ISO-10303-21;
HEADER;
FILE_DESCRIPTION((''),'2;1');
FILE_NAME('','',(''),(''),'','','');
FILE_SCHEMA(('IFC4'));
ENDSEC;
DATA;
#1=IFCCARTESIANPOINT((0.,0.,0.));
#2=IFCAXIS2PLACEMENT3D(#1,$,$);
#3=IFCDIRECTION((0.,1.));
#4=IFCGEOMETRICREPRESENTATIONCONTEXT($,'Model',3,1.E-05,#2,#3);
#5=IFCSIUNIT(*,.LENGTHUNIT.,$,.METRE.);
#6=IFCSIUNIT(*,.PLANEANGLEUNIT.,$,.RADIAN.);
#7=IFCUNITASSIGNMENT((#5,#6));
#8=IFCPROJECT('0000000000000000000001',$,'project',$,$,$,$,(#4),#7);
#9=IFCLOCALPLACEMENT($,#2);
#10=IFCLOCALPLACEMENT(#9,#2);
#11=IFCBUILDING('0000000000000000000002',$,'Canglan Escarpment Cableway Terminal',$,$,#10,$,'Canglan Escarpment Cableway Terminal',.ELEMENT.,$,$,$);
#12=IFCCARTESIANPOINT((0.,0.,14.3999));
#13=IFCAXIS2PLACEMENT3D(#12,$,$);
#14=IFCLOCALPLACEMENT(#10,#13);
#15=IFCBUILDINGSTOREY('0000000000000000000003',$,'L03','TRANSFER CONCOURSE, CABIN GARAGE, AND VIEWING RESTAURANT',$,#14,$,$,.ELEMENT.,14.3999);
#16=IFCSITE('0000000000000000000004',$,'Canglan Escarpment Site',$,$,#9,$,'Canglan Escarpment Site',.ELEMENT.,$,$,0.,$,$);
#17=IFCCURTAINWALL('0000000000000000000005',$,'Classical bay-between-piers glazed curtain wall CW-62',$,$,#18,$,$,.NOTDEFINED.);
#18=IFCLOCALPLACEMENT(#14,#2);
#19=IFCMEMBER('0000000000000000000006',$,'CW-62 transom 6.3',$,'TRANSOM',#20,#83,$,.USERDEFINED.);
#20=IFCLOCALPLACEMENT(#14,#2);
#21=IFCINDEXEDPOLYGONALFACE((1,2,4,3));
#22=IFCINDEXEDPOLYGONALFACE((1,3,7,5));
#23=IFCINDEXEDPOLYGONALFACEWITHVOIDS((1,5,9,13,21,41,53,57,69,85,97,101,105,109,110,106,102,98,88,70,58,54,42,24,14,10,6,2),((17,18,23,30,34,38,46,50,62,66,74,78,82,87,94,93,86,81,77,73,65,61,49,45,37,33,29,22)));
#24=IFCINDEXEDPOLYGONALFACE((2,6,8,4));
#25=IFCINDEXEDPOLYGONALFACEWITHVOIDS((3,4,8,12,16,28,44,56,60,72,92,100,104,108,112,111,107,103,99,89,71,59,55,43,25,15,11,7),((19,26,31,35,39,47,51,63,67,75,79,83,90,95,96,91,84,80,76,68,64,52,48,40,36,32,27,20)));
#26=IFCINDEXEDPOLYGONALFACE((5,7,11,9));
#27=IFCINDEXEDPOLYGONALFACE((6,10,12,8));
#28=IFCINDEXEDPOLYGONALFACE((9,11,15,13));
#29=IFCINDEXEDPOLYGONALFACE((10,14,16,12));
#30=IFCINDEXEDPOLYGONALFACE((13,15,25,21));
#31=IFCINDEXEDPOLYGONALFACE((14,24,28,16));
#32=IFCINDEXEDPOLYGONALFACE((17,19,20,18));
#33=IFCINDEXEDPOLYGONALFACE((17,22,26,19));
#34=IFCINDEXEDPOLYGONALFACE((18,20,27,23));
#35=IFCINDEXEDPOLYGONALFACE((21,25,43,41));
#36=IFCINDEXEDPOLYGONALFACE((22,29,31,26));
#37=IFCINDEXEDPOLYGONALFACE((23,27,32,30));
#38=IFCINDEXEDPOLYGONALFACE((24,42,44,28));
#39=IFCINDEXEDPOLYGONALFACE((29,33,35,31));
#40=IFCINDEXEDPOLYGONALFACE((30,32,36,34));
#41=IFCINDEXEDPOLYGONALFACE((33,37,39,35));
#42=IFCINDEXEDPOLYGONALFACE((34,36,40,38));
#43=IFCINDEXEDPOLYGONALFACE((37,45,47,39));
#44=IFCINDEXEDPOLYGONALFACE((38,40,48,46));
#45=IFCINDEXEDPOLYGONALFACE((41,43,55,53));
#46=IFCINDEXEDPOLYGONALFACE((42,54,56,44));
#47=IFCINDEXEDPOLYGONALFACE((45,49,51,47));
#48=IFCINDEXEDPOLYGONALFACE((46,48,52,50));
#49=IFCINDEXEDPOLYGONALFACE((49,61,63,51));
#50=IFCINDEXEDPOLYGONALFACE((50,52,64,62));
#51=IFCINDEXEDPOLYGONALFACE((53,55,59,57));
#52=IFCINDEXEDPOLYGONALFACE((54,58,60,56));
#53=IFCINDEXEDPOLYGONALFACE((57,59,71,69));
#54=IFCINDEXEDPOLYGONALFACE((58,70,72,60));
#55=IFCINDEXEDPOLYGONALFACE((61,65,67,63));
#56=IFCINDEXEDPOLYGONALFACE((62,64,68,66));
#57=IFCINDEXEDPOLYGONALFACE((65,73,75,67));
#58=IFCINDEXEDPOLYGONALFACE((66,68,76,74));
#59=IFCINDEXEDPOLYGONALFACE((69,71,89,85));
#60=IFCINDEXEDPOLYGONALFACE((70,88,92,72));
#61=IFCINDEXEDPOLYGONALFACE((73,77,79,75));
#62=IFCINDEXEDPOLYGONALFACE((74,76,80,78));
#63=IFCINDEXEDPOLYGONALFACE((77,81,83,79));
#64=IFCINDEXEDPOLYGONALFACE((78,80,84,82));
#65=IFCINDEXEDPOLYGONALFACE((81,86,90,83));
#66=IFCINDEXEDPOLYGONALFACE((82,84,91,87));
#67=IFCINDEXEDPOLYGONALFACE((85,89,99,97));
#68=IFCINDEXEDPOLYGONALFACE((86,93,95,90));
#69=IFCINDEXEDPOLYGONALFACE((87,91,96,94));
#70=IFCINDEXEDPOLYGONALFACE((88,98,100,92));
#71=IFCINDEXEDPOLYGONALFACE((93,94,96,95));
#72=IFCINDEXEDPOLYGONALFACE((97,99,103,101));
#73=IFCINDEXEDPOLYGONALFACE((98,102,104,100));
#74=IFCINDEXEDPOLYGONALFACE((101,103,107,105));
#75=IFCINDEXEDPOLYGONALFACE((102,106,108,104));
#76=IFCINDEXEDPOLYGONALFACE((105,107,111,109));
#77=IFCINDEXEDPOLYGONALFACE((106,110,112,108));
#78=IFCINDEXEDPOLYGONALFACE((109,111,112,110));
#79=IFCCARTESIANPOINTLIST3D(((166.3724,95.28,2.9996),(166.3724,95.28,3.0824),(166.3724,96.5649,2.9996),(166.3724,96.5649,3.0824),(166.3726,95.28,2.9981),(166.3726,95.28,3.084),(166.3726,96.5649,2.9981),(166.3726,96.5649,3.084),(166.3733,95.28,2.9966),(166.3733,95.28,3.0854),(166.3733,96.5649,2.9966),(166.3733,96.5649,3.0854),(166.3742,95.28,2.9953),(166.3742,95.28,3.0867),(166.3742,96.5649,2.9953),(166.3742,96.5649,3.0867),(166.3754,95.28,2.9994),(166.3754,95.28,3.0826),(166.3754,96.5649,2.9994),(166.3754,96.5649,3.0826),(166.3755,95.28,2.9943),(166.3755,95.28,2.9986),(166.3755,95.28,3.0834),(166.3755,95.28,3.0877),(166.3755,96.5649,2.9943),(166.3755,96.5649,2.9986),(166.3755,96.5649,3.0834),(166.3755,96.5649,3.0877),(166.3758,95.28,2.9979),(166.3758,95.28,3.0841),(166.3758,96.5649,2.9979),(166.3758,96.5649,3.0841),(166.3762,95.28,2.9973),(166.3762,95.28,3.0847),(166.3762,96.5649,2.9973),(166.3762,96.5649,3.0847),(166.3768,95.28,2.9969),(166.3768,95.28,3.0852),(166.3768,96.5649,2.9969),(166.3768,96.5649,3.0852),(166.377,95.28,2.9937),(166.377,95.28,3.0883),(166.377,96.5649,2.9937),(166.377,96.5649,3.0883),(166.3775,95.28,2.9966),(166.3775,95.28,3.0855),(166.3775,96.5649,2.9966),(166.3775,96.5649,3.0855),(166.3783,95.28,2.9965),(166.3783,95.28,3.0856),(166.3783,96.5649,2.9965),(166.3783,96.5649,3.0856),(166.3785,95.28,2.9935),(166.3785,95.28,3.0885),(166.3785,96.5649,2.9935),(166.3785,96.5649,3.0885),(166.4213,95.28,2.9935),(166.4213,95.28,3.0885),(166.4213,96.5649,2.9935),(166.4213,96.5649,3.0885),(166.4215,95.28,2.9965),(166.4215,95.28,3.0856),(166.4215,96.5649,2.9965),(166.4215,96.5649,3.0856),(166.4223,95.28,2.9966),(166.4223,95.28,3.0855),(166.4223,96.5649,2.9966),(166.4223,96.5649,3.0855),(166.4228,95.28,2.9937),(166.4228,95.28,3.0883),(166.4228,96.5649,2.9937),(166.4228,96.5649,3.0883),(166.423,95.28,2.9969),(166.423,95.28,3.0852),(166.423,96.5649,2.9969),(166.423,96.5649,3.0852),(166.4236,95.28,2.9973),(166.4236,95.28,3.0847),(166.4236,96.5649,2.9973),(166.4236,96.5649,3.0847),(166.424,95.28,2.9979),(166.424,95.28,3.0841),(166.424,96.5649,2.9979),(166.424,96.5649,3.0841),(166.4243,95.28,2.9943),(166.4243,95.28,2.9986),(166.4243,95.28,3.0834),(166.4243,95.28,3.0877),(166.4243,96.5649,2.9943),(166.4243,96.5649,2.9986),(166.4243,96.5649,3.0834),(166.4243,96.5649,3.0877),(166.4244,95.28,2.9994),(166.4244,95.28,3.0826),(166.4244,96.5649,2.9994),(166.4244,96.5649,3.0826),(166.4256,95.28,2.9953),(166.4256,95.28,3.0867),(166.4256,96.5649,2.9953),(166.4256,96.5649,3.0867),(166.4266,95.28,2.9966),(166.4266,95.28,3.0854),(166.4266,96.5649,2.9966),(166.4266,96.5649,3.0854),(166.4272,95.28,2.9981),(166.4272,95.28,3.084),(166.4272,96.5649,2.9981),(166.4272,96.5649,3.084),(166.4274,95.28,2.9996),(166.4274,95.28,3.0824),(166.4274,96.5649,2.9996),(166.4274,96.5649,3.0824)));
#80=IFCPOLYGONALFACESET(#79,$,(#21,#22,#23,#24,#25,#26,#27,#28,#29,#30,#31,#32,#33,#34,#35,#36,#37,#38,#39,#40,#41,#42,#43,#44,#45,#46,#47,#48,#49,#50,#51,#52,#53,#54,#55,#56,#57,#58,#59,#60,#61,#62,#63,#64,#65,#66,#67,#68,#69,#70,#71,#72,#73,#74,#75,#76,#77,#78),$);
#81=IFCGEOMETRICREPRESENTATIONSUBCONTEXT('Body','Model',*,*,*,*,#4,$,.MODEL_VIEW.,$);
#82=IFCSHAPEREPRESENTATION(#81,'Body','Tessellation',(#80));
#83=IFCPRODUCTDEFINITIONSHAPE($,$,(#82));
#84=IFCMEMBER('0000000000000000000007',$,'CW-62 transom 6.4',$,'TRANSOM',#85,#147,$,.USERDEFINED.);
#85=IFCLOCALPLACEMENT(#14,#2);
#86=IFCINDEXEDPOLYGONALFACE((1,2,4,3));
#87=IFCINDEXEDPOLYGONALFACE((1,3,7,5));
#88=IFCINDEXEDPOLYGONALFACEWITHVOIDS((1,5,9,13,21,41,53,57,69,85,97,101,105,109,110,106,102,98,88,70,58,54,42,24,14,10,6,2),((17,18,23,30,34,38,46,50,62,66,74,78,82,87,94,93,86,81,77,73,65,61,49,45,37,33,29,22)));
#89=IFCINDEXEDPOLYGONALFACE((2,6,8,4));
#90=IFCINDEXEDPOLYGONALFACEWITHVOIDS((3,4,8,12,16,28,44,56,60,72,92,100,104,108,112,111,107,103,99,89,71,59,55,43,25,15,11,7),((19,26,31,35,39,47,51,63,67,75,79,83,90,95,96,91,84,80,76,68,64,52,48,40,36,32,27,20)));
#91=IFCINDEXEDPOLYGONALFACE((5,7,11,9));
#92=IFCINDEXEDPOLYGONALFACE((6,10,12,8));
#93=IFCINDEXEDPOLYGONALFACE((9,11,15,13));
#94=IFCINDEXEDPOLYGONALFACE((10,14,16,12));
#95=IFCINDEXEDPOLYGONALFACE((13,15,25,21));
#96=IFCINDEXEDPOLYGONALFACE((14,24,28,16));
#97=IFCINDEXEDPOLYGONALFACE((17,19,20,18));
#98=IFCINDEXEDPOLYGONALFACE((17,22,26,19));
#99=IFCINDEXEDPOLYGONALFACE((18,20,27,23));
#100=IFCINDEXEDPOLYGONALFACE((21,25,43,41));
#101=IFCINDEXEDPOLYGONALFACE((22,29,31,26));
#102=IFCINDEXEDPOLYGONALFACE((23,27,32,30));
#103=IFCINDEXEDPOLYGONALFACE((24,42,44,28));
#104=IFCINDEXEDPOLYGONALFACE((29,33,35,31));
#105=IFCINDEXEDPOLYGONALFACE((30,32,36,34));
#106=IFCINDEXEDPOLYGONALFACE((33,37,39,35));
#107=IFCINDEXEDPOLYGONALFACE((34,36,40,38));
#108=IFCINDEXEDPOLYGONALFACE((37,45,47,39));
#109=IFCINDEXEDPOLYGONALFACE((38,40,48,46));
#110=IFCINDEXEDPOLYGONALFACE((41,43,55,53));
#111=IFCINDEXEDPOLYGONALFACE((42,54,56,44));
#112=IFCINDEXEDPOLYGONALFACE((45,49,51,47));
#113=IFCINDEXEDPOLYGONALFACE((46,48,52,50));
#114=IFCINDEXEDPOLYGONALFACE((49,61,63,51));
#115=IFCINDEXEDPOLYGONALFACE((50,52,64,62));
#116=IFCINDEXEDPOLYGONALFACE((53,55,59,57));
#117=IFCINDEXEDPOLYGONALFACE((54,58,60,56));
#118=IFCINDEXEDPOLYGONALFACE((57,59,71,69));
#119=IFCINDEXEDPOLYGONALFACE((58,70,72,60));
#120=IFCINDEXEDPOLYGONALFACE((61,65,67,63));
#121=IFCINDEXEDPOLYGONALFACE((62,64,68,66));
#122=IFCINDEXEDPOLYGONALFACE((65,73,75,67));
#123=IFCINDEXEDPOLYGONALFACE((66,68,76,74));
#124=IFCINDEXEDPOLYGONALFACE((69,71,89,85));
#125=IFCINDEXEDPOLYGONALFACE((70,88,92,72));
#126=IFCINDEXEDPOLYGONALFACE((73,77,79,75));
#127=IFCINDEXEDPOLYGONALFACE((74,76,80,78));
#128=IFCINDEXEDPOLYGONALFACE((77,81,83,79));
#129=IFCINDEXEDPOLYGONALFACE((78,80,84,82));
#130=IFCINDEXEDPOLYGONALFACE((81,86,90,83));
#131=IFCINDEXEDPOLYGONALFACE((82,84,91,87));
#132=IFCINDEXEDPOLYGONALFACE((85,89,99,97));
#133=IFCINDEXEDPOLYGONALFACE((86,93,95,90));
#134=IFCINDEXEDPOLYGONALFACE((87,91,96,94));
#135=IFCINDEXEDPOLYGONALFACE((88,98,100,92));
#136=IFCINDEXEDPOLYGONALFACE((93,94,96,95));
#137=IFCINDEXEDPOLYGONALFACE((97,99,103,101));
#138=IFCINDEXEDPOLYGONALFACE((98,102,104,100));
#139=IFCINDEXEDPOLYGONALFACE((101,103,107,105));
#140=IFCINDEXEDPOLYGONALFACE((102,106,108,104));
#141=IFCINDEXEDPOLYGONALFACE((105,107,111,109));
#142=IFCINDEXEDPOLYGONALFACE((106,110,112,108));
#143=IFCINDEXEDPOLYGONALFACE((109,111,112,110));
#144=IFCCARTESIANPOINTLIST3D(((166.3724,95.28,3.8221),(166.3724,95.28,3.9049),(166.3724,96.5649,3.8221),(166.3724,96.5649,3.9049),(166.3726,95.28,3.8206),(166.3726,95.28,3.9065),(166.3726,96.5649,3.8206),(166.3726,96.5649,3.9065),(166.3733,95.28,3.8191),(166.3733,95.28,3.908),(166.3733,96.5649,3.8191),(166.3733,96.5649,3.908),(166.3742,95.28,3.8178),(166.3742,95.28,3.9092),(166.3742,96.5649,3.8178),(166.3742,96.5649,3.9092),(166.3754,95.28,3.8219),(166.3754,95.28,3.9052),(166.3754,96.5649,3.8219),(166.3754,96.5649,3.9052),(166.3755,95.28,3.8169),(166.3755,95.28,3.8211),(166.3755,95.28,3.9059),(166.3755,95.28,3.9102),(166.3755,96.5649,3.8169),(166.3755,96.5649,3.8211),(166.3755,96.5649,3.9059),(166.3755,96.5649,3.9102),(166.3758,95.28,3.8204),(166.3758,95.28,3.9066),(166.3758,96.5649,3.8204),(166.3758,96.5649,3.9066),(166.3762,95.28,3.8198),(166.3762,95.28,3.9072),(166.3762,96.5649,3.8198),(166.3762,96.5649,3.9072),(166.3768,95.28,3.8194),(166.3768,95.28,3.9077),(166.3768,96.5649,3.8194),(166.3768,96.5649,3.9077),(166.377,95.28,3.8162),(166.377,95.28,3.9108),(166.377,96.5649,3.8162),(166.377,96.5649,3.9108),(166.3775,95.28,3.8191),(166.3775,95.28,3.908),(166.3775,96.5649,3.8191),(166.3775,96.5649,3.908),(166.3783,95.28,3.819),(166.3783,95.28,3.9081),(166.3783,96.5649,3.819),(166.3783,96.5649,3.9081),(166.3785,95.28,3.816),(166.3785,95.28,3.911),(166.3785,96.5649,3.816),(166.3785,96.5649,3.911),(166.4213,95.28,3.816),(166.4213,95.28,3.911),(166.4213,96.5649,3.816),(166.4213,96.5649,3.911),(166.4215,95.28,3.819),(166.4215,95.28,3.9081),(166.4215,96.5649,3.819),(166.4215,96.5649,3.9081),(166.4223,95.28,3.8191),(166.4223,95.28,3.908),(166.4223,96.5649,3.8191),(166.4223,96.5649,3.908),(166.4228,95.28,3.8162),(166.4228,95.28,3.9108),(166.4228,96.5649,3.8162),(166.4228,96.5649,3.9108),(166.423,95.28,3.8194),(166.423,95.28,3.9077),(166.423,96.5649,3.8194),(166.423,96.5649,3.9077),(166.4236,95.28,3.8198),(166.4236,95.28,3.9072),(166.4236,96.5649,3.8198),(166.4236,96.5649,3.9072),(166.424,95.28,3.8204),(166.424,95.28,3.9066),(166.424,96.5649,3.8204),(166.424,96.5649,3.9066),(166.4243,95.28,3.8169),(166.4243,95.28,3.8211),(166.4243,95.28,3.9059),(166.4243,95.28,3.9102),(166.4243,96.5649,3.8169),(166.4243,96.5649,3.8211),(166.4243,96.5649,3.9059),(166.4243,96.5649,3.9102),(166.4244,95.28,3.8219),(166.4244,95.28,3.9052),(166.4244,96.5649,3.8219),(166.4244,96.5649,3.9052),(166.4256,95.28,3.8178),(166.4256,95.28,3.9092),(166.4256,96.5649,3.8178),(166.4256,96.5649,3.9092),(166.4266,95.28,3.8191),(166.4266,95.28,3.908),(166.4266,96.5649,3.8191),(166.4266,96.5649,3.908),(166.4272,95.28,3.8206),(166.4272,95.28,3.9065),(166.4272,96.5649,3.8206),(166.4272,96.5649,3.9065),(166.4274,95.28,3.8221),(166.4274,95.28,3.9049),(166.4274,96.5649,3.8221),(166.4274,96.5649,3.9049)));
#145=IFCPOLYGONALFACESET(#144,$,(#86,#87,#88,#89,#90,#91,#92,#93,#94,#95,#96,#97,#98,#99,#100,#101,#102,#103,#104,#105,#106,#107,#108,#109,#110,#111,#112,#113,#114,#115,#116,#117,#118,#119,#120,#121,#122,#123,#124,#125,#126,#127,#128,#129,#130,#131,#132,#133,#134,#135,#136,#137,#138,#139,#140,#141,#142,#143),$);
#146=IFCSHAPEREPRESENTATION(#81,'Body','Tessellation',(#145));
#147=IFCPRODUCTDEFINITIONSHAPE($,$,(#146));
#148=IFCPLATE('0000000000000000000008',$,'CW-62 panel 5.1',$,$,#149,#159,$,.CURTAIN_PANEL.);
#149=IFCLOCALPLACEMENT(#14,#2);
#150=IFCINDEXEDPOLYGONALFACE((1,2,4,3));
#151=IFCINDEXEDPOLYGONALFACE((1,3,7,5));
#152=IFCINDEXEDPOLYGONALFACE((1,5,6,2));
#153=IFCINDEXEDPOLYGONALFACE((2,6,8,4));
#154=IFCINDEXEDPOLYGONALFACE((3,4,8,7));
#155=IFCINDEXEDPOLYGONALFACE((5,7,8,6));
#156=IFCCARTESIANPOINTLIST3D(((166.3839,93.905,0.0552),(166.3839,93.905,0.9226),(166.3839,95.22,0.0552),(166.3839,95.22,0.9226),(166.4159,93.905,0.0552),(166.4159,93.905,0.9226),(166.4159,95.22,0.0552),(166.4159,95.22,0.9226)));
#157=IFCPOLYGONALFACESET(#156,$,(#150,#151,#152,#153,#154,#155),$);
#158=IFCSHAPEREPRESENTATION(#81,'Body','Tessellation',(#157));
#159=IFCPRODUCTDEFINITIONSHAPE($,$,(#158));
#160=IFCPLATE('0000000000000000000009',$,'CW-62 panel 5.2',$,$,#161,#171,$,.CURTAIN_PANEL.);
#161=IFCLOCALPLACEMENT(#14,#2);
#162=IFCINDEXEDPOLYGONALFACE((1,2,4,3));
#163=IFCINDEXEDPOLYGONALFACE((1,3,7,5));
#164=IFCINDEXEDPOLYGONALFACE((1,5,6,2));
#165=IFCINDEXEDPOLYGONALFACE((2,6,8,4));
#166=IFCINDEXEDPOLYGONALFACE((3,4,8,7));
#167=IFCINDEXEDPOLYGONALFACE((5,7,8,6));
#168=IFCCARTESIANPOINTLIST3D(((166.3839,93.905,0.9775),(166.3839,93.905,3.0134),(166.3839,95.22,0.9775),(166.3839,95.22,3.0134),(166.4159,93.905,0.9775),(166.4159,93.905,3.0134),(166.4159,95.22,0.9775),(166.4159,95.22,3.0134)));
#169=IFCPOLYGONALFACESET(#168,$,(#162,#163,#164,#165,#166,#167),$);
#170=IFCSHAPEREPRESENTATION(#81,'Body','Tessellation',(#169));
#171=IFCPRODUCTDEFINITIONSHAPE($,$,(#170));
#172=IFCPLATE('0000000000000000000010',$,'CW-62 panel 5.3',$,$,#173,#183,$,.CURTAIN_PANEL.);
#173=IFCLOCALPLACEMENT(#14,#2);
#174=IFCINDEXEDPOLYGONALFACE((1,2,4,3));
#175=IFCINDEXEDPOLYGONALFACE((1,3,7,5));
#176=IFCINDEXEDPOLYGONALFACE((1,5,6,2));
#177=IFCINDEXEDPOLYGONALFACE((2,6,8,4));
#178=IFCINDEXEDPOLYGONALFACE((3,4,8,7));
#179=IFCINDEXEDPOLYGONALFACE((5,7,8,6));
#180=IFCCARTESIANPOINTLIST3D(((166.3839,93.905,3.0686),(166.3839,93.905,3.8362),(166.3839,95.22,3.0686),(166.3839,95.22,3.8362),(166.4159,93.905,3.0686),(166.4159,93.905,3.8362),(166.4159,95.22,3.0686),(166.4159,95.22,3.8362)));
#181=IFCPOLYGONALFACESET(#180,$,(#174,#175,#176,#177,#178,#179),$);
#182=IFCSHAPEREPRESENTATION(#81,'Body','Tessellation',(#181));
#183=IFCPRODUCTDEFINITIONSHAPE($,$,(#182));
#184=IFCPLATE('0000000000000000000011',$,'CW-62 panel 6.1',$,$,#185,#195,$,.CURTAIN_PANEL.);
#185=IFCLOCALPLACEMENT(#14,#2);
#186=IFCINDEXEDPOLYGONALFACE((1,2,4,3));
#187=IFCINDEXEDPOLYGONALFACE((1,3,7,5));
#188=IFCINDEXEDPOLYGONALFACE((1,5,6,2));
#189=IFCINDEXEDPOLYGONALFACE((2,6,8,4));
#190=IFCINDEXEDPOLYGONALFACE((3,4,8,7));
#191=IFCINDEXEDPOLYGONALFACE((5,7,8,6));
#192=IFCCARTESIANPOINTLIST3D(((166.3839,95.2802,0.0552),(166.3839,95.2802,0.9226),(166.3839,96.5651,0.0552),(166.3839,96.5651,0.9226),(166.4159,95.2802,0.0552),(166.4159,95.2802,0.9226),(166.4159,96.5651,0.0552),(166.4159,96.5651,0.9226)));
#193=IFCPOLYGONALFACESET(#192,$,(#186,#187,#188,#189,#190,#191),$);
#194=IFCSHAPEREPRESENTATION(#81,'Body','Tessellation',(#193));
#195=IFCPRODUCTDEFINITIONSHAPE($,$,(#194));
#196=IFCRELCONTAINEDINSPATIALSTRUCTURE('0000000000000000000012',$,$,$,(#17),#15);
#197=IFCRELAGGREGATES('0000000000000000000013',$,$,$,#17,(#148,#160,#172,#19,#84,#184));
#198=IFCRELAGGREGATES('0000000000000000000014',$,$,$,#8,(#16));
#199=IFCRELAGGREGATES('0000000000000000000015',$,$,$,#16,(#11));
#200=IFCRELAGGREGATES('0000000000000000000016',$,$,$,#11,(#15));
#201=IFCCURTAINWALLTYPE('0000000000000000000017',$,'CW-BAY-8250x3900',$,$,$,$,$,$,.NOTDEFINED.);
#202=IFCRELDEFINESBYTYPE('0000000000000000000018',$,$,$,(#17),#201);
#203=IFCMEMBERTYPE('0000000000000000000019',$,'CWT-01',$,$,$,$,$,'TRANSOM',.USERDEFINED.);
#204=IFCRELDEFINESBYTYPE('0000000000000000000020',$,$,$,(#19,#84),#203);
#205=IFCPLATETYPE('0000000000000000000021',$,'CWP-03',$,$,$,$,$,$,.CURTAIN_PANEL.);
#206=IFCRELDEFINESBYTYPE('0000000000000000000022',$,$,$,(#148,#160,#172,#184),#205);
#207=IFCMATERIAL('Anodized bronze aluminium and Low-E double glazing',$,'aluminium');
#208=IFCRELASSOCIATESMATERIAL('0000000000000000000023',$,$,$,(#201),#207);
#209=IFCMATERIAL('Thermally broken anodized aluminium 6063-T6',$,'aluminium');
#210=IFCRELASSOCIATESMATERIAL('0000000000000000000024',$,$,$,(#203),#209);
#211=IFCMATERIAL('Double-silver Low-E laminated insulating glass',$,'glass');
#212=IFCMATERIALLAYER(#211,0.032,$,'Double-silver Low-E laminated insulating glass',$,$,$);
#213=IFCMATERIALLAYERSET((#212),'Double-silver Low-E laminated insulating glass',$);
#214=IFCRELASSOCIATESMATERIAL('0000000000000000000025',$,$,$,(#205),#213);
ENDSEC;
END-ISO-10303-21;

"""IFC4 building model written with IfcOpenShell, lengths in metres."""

from ifc_helpers import new_model, si_unit, direction, frame, origin, origin_2d, place, context, subcontext, project, spatial, rectangle, hollow_rectangle, extrude, material, layer, layer_set, material_profile, profile_set, type_object, element, aggregate, save


model = new_model("IFC4")

# Units and contexts
model_context = context("Model", 3, precision=1e-05, world=origin(), true_north=direction((0.0, 1.0)))
body_context = subcontext(model_context, "Body", "Model", "MODEL_VIEW")
ifc_project = project(units=[si_unit("LENGTHUNIT", "METRE"), si_unit("PLANEANGLEUNIT", "RADIAN")], contexts=[model_context])

# Site, building, storey
site_placement = place(None, origin())
site = spatial("IfcSite", under=ifc_project, at=site_placement, Name="Canglan Escarpment Site", LongName="Canglan Escarpment Site", CompositionType="ELEMENT", RefElevation=0.0)
building_placement = place(site_placement, origin())
building = spatial("IfcBuilding", under=site, at=building_placement, Name="Canglan Escarpment Cableway Terminal", LongName="Canglan Escarpment Cableway Terminal", CompositionType="ELEMENT")
storey_placement = place(building_placement, frame((0.0, 0.0, 14.3999)))
storey = spatial("IfcBuildingStorey", under=building, at=storey_placement, Name="L03", Description="TRANSFER CONCOURSE, CABIN GARAGE, AND VIEWING RESTAURANT", CompositionType="ELEMENT", Elevation=14.3999)

# Curtain wall, members, plates
ifc_material_1 = material(Name="Anodized bronze aluminium and Low-E double glazing", Category="aluminium")
curtain_wall_type = type_object("IfcCurtainWallType", Name="CW-BAY-8250x3900", PredefinedType="NOTDEFINED", material=ifc_material_1)
curtain_wall_placement = place(storey_placement, origin())
curtain_wall = element("IfcCurtainWall", 1, at=curtain_wall_placement, inside=storey, type_object=curtain_wall_type, Name="Classical bay-between-piers glazed curtain wall CW-62", PredefinedType="NOTDEFINED")
ifc_material_2 = material(Name="Thermally broken anodized aluminium 6063-T6", Category="aluminium")
ifc_material_profile_1 = material_profile(ifc_material_2, hollow_rectangle(XDim=0.0549, YDim=0.095, WallThickness=0.0029, InnerFilletRadius=0.0029, OuterFilletRadius=0.0061, at=origin_2d()), Name="ALU-TRAN 55x95x3")
ifc_profile_set_1 = profile_set([ifc_material_profile_1], Name="Thermally broken anodized aluminium 6063-T6")
member_type_1 = type_object("IfcMemberType", Name="CWT-01", ElementType="TRANSOM", PredefinedType="USERDEFINED", material=ifc_profile_set_1)
member_1_placement = place(storey_placement, frame((166.3999, 95.28, 3.041), z_axis=(0.0, 1.0, 0.0), x_axis=(-1.0, 0.0, 0.0)))
member_1 = element("IfcMember", 2, at=member_1_placement, type_object=member_type_1, Name="CW-62 transom 6.3", ObjectType="TRANSOM", PredefinedType="USERDEFINED", context=body_context, shape_type="SweptSolid", body=[
    extrude(hollow_rectangle(XDim=0.0549, YDim=0.095, WallThickness=0.0029, InnerFilletRadius=0.0029, OuterFilletRadius=0.0061, at=origin_2d()), origin(), (0.0, 0.0, 1.0), 1.2849),
])
member_2_placement = place(storey_placement, frame((166.3999, 95.28, 3.8635), z_axis=(0.0, 1.0, 0.0), x_axis=(-1.0, 0.0, 0.0)))
member_2 = element("IfcMember", 3, at=member_2_placement, type_object=member_type_1, Name="CW-62 transom 6.4", ObjectType="TRANSOM", PredefinedType="USERDEFINED", context=body_context, shape_type="SweptSolid", body=[
    extrude(hollow_rectangle(XDim=0.0549, YDim=0.095, WallThickness=0.0029, InnerFilletRadius=0.0029, OuterFilletRadius=0.0061, at=origin_2d()), origin(), (0.0, 0.0, 1.0), 1.2849),
])
ifc_material_3 = material(Name="Double-silver Low-E laminated insulating glass", Category="glass")
ifc_layer_1 = layer(ifc_material_3, 0.032, Name="Double-silver Low-E laminated insulating glass")
ifc_layer_set_1 = layer_set([ifc_layer_1], Name="Double-silver Low-E laminated insulating glass")
plate_type = type_object("IfcPlateType", Name="CWP-03", PredefinedType="CURTAIN_PANEL", material=ifc_layer_set_1)
plate_1_placement = place(storey_placement, frame((166.3999, 94.5625, 0.0552), z_axis=(0.0, 0.0, 1.0), x_axis=(0.0, 1.0, 0.0)))
plate_1 = element("IfcPlate", 4, at=plate_1_placement, type_object=plate_type, Name="CW-62 panel 5.1", PredefinedType="CURTAIN_PANEL", context=body_context, shape_type="SweptSolid", body=[
    extrude(rectangle(XDim=1.3149, YDim=0.032, at=origin_2d()), origin(), (0.0, 0.0, 1.0), 0.8674),
])
plate_2_placement = place(storey_placement, frame((166.3999, 94.5625, 0.9775), z_axis=(0.0, 0.0, 1.0), x_axis=(0.0, 1.0, 0.0)))
plate_2 = element("IfcPlate", 5, at=plate_2_placement, type_object=plate_type, Name="CW-62 panel 5.2", PredefinedType="CURTAIN_PANEL", context=body_context, shape_type="SweptSolid", body=[
    extrude(rectangle(XDim=1.3149, YDim=0.032, at=origin_2d()), origin(), (0.0, 0.0, 1.0), 2.0359),
])
plate_3_placement = place(storey_placement, frame((166.3999, 94.5625, 3.0686), z_axis=(0.0, 0.0, 1.0), x_axis=(0.0, 1.0, 0.0)))
plate_3 = element("IfcPlate", 6, at=plate_3_placement, type_object=plate_type, Name="CW-62 panel 5.3", PredefinedType="CURTAIN_PANEL", context=body_context, shape_type="SweptSolid", body=[
    extrude(rectangle(XDim=1.3149, YDim=0.032, at=origin_2d()), origin(), (0.0, 0.0, 1.0), 0.7676),
])
plate_4_placement = place(storey_placement, frame((166.3999, 95.9226, 0.0552), z_axis=(0.0, 0.0, 1.0), x_axis=(0.0, 1.0, 0.0)))
plate_4 = element("IfcPlate", 7, at=plate_4_placement, type_object=plate_type, Name="CW-62 panel 6.1", PredefinedType="CURTAIN_PANEL", context=body_context, shape_type="SweptSolid", body=[
    extrude(rectangle(XDim=1.2849, YDim=0.032, at=origin_2d()), origin(), (0.0, 0.0, 1.0), 0.8674),
])
aggregate(curtain_wall, [plate_1, plate_2, plate_3, member_1, member_2, plate_4])

save(model, "model.ifc")
